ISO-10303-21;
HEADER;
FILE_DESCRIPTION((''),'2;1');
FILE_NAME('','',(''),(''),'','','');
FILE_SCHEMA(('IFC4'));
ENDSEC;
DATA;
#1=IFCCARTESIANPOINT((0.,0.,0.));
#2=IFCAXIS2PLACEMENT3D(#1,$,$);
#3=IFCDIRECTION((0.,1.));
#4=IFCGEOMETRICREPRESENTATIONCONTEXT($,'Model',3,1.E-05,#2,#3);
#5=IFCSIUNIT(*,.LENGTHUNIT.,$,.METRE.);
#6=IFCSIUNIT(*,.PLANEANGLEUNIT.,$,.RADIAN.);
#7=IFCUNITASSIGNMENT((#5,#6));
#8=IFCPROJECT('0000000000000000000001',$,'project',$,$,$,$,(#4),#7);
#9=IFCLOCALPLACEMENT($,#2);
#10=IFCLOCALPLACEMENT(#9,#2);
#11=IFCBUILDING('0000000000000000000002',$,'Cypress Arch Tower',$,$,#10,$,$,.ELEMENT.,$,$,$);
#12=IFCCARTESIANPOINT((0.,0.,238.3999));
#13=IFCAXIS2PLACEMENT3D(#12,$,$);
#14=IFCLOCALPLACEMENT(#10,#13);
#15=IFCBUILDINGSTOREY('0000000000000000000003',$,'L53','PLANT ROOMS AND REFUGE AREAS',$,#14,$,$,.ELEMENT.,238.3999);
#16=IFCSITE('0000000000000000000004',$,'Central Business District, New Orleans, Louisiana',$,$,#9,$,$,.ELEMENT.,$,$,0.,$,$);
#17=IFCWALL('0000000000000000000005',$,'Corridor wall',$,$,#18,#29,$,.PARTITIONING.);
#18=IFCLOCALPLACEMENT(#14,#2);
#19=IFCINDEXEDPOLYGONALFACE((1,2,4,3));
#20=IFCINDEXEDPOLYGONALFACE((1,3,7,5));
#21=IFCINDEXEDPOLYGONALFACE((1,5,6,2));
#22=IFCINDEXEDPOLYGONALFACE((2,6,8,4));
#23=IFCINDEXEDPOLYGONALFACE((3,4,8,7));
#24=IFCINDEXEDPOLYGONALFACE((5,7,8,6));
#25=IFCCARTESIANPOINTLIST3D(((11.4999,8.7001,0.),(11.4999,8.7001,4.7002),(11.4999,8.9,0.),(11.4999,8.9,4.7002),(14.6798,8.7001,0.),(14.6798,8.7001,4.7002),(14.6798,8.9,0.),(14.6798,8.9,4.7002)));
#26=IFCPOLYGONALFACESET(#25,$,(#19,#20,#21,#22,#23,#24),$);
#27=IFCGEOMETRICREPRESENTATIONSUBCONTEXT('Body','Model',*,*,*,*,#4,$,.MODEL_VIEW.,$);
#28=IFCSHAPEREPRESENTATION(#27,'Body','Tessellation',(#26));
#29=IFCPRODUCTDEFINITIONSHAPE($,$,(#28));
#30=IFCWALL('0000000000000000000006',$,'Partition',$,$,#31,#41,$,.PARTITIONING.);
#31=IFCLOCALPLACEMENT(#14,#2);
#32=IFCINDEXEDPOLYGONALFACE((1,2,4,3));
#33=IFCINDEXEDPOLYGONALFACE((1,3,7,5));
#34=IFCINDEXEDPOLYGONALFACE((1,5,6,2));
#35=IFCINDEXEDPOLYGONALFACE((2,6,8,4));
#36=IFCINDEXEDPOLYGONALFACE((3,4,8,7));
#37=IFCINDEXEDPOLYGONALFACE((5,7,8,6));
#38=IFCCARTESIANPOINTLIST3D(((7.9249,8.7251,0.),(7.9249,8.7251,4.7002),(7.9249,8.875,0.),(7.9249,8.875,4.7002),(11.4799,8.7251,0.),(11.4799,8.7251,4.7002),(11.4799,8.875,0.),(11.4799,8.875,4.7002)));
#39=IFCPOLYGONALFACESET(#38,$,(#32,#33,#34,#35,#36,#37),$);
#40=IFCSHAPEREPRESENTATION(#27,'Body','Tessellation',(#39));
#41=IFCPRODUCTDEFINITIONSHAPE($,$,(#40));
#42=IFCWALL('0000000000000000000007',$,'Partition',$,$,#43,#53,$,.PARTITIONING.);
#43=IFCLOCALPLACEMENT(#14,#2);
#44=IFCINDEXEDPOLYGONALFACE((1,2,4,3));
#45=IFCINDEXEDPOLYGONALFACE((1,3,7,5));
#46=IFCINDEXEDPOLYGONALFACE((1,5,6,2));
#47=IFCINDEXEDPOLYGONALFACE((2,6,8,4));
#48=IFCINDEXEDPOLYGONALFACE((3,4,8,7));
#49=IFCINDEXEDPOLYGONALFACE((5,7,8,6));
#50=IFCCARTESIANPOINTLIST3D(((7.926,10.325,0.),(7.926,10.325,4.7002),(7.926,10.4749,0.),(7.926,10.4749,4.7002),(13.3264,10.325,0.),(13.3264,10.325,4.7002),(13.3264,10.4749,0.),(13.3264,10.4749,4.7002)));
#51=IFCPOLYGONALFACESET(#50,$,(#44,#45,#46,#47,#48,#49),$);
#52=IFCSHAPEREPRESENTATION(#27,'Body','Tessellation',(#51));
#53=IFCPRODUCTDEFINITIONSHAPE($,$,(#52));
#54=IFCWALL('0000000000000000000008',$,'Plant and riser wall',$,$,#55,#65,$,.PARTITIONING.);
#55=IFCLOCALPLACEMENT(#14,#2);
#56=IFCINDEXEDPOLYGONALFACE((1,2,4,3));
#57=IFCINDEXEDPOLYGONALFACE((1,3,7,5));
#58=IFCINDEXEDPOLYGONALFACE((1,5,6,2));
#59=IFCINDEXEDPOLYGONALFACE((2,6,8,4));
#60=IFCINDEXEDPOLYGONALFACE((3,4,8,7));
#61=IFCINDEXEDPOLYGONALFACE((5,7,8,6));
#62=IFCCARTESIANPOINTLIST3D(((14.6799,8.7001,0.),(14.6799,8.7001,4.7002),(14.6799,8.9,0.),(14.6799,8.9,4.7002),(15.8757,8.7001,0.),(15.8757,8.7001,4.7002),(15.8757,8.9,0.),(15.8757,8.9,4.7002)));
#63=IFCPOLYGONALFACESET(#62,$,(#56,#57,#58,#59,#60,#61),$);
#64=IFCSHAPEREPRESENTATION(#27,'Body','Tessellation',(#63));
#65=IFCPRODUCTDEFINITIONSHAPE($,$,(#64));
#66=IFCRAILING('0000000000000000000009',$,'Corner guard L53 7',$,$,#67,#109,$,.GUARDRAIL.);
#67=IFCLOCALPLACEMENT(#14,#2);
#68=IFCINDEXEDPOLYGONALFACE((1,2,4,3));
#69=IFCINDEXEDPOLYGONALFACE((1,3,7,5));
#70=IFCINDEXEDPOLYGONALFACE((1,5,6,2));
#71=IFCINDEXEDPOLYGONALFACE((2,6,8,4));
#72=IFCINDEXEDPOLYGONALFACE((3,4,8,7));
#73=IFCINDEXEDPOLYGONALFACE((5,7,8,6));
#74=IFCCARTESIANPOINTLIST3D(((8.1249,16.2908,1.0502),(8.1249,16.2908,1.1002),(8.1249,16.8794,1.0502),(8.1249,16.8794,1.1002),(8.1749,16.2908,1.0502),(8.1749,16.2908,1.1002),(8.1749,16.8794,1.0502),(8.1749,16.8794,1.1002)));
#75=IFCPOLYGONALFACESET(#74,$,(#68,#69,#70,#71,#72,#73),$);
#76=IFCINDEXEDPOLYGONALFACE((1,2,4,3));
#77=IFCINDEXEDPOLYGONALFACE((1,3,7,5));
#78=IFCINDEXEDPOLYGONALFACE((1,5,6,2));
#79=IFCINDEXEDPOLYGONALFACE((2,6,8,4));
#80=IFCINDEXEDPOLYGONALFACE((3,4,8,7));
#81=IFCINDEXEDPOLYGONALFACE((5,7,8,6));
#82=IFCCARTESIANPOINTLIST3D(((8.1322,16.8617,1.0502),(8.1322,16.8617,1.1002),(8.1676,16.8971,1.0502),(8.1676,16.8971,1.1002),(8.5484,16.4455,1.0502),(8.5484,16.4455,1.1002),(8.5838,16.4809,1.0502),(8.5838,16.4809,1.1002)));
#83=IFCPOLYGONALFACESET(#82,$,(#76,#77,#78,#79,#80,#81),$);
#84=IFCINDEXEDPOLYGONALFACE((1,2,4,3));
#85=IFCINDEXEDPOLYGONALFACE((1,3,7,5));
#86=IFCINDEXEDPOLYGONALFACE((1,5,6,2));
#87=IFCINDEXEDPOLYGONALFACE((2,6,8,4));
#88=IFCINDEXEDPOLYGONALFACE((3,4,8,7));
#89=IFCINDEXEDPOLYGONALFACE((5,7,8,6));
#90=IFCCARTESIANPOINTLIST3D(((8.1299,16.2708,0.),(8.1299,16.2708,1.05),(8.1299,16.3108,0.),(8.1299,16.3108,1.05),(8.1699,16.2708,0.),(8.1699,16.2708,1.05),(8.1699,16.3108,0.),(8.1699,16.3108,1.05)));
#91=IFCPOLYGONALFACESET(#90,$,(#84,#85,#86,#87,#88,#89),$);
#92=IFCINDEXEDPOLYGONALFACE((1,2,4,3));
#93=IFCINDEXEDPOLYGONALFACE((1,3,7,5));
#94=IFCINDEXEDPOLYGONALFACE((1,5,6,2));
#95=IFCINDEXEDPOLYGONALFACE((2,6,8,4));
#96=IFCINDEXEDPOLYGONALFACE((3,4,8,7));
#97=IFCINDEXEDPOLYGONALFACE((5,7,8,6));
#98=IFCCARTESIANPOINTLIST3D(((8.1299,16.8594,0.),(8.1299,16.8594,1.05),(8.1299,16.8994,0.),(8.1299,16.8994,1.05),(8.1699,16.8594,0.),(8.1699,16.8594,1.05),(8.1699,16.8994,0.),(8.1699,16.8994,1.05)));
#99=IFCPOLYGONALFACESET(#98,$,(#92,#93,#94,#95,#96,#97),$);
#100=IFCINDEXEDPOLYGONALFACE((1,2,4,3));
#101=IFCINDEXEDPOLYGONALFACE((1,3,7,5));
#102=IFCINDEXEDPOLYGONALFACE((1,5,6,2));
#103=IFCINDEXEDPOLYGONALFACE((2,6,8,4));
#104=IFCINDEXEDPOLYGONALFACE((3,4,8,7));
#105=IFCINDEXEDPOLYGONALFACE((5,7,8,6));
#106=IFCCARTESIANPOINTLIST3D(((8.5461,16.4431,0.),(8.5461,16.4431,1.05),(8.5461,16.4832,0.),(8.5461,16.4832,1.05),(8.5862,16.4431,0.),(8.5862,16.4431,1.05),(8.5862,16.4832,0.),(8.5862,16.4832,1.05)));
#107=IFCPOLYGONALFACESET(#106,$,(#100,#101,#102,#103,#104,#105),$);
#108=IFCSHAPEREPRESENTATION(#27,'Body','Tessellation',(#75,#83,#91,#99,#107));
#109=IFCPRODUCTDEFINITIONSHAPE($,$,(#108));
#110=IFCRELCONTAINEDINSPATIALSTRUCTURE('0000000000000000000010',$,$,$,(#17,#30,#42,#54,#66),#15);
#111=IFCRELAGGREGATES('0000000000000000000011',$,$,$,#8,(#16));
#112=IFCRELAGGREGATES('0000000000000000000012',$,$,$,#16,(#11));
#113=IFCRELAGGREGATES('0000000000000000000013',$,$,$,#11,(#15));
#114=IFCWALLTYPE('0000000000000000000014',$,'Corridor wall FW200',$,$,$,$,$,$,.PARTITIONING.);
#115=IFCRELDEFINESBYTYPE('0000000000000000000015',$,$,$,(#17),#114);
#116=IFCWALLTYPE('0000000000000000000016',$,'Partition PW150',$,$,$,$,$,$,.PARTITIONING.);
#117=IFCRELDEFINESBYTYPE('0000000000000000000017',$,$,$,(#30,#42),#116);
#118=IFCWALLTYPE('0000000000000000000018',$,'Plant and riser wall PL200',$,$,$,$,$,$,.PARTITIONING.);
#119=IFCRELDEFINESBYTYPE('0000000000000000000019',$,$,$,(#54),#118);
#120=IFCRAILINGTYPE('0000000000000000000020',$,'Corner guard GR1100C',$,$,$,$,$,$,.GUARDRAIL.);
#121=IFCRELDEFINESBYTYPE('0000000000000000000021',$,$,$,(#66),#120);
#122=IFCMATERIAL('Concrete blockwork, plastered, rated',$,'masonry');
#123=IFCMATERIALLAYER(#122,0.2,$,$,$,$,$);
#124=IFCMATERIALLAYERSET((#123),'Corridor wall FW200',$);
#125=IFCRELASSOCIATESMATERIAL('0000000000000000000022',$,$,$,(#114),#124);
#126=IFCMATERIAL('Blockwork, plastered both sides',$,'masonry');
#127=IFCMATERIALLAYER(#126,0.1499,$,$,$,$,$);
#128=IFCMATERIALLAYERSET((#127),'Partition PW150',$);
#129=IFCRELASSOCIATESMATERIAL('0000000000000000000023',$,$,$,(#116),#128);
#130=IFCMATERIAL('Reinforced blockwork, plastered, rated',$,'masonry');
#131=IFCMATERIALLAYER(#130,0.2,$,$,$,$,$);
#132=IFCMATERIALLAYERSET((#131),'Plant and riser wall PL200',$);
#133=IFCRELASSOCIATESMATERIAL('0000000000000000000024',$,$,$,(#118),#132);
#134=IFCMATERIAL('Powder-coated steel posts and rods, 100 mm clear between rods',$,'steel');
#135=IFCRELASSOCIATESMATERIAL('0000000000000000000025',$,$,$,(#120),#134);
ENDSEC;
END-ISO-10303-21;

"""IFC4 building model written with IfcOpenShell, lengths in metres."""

from ifc_helpers import new_model, si_unit, direction, frame, frame_2d, origin, origin_2d, place, context, subcontext, project, spatial, rectangle, extrude, material, layer, layer_set, type_object, element, save


model = new_model("IFC4")

# Units and contexts
model_context = context("Model", 3, precision=1e-05, world=origin(), true_north=direction((0.0, 1.0)))
body_context = subcontext(model_context, "Body", "Model", "MODEL_VIEW")
ifc_project = project(units=[si_unit("LENGTHUNIT", "METRE"), si_unit("PLANEANGLEUNIT", "RADIAN")], contexts=[model_context])

# Site, building, storey
site_placement = place(None, origin())
site = spatial("IfcSite", under=ifc_project, at=site_placement, Name="Central Business District, New Orleans, Louisiana", CompositionType="ELEMENT", RefElevation=0.0)
building_placement = place(site_placement, origin())
building = spatial("IfcBuilding", under=site, at=building_placement, Name="Cypress Arch Tower", CompositionType="ELEMENT")
storey_placement = place(building_placement, frame((0.0, 0.0, 238.3999)))
storey = spatial("IfcBuildingStorey", under=building, at=storey_placement, Name="L53", Description="PLANT ROOMS AND REFUGE AREAS", CompositionType="ELEMENT", Elevation=238.3999)

# Walls
ifc_material_1 = material(Name="Concrete blockwork, plastered, rated", Category="masonry")
ifc_layer_1 = layer(ifc_material_1, 0.2)
ifc_layer_set_1 = layer_set([ifc_layer_1], Name="Corridor wall FW200")
wall_type_1 = type_object("IfcWallType", Name="Corridor wall FW200", PredefinedType="PARTITIONING", material=ifc_layer_set_1)
wall_1_placement = place(storey_placement, frame((11.5, 8.8, 0.0), z_axis=(0.0, 0.0, 1.0), x_axis=(1.0, 0.0, 0.0)))
element("IfcWall", 1, at=wall_1_placement, inside=storey, type_object=wall_type_1, Name="Corridor wall", PredefinedType="PARTITIONING", context=body_context, shape_type="SweptSolid", body=[
    extrude(rectangle(XDim=3.1799, YDim=0.2, at=frame_2d((1.5898, 0.0))), origin(), (0.0, 0.0, 1.0), 4.7002),
])
ifc_material_2 = material(Name="Blockwork, plastered both sides", Category="masonry")
ifc_layer_2 = layer(ifc_material_2, 0.1499)
ifc_layer_set_2 = layer_set([ifc_layer_2], Name="Partition PW150")
wall_type_2 = type_object("IfcWallType", Name="Partition PW150", PredefinedType="PARTITIONING", material=ifc_layer_set_2)
wall_2_placement = place(storey_placement, frame((7.925, 8.8, 0.0), z_axis=(0.0, 0.0, 1.0), x_axis=(1.0, 0.0, 0.0)))
element("IfcWall", 2, at=wall_2_placement, inside=storey, type_object=wall_type_2, Name="Partition", PredefinedType="PARTITIONING", context=body_context, shape_type="SweptSolid", body=[
    extrude(rectangle(XDim=3.5549, YDim=0.1499, at=frame_2d((1.7773, 0.0))), origin(), (0.0, 0.0, 1.0), 4.7002),
])
wall_3_placement = place(storey_placement, frame((7.926, 10.3999, 0.0), z_axis=(0.0, 0.0, 1.0), x_axis=(1.0, 0.0, 0.0)))
element("IfcWall", 3, at=wall_3_placement, inside=storey, type_object=wall_type_2, Name="Partition", PredefinedType="PARTITIONING", context=body_context, shape_type="SweptSolid", body=[
    extrude(rectangle(XDim=5.4004, YDim=0.1499, at=frame_2d((2.7002, 0.0))), origin(), (0.0, 0.0, 1.0), 4.7002),
])
ifc_material_3 = material(Name="Reinforced blockwork, plastered, rated", Category="masonry")
ifc_layer_3 = layer(ifc_material_3, 0.2)
ifc_layer_set_3 = layer_set([ifc_layer_3], Name="Plant and riser wall PL200")
wall_type_3 = type_object("IfcWallType", Name="Plant and riser wall PL200", PredefinedType="PARTITIONING", material=ifc_layer_set_3)
wall_4_placement = place(storey_placement, frame((14.6799, 8.8, 0.0), z_axis=(0.0, 0.0, 1.0), x_axis=(1.0, 0.0, 0.0)))
element("IfcWall", 4, at=wall_4_placement, inside=storey, type_object=wall_type_3, Name="Plant and riser wall", PredefinedType="PARTITIONING", context=body_context, shape_type="SweptSolid", body=[
    extrude(rectangle(XDim=1.1958, YDim=0.2, at=frame_2d((0.5979, 0.0))), origin(), (0.0, 0.0, 1.0), 4.7002),
])

# Railing
ifc_material_4 = material(Name="Powder-coated steel posts and rods, 100 mm clear between rods", Category="steel")
railing_type = type_object("IfcRailingType", Name="Corner guard GR1100C", PredefinedType="GUARDRAIL", material=ifc_material_4)
railing_placement = place(storey_placement, frame((8.1499, 16.2908, 0.0)))
element("IfcRailing", 5, at=railing_placement, inside=storey, type_object=railing_type, Name="Corner guard L53 7", PredefinedType="GUARDRAIL", context=body_context, shape_type="SweptSolid", body=[
    extrude(rectangle(XDim=0.05, YDim=0.05, at=origin_2d()), frame((0.0, 0.0, 1.0752), z_axis=(0.0, 1.0, 0.0), x_axis=(-1.0, 0.0, 0.0)), (0.0, 0.0, 1.0), 0.5886),
    extrude(rectangle(XDim=0.05, YDim=0.05, at=origin_2d()), frame((0.0, 0.5886, 1.0752), z_axis=(0.707107, -0.707107, 0.0), x_axis=(0.707107, 0.707107, 0.0)), (0.0, 0.0, 1.0), 0.5886),
    extrude(rectangle(XDim=0.04, YDim=0.04, at=origin_2d()), origin(), (0.0, 0.0, 1.0), 1.05),
    extrude(rectangle(XDim=0.04, YDim=0.04, at=origin_2d()), frame((0.0, 0.5886, 0.0)), (0.0, 0.0, 1.0), 1.05),
    extrude(rectangle(XDim=0.04, YDim=0.04, at=origin_2d()), frame((0.4163, 0.1724, 0.0)), (0.0, 0.0, 1.0), 1.05),
])

save(model, "model.ifc")
